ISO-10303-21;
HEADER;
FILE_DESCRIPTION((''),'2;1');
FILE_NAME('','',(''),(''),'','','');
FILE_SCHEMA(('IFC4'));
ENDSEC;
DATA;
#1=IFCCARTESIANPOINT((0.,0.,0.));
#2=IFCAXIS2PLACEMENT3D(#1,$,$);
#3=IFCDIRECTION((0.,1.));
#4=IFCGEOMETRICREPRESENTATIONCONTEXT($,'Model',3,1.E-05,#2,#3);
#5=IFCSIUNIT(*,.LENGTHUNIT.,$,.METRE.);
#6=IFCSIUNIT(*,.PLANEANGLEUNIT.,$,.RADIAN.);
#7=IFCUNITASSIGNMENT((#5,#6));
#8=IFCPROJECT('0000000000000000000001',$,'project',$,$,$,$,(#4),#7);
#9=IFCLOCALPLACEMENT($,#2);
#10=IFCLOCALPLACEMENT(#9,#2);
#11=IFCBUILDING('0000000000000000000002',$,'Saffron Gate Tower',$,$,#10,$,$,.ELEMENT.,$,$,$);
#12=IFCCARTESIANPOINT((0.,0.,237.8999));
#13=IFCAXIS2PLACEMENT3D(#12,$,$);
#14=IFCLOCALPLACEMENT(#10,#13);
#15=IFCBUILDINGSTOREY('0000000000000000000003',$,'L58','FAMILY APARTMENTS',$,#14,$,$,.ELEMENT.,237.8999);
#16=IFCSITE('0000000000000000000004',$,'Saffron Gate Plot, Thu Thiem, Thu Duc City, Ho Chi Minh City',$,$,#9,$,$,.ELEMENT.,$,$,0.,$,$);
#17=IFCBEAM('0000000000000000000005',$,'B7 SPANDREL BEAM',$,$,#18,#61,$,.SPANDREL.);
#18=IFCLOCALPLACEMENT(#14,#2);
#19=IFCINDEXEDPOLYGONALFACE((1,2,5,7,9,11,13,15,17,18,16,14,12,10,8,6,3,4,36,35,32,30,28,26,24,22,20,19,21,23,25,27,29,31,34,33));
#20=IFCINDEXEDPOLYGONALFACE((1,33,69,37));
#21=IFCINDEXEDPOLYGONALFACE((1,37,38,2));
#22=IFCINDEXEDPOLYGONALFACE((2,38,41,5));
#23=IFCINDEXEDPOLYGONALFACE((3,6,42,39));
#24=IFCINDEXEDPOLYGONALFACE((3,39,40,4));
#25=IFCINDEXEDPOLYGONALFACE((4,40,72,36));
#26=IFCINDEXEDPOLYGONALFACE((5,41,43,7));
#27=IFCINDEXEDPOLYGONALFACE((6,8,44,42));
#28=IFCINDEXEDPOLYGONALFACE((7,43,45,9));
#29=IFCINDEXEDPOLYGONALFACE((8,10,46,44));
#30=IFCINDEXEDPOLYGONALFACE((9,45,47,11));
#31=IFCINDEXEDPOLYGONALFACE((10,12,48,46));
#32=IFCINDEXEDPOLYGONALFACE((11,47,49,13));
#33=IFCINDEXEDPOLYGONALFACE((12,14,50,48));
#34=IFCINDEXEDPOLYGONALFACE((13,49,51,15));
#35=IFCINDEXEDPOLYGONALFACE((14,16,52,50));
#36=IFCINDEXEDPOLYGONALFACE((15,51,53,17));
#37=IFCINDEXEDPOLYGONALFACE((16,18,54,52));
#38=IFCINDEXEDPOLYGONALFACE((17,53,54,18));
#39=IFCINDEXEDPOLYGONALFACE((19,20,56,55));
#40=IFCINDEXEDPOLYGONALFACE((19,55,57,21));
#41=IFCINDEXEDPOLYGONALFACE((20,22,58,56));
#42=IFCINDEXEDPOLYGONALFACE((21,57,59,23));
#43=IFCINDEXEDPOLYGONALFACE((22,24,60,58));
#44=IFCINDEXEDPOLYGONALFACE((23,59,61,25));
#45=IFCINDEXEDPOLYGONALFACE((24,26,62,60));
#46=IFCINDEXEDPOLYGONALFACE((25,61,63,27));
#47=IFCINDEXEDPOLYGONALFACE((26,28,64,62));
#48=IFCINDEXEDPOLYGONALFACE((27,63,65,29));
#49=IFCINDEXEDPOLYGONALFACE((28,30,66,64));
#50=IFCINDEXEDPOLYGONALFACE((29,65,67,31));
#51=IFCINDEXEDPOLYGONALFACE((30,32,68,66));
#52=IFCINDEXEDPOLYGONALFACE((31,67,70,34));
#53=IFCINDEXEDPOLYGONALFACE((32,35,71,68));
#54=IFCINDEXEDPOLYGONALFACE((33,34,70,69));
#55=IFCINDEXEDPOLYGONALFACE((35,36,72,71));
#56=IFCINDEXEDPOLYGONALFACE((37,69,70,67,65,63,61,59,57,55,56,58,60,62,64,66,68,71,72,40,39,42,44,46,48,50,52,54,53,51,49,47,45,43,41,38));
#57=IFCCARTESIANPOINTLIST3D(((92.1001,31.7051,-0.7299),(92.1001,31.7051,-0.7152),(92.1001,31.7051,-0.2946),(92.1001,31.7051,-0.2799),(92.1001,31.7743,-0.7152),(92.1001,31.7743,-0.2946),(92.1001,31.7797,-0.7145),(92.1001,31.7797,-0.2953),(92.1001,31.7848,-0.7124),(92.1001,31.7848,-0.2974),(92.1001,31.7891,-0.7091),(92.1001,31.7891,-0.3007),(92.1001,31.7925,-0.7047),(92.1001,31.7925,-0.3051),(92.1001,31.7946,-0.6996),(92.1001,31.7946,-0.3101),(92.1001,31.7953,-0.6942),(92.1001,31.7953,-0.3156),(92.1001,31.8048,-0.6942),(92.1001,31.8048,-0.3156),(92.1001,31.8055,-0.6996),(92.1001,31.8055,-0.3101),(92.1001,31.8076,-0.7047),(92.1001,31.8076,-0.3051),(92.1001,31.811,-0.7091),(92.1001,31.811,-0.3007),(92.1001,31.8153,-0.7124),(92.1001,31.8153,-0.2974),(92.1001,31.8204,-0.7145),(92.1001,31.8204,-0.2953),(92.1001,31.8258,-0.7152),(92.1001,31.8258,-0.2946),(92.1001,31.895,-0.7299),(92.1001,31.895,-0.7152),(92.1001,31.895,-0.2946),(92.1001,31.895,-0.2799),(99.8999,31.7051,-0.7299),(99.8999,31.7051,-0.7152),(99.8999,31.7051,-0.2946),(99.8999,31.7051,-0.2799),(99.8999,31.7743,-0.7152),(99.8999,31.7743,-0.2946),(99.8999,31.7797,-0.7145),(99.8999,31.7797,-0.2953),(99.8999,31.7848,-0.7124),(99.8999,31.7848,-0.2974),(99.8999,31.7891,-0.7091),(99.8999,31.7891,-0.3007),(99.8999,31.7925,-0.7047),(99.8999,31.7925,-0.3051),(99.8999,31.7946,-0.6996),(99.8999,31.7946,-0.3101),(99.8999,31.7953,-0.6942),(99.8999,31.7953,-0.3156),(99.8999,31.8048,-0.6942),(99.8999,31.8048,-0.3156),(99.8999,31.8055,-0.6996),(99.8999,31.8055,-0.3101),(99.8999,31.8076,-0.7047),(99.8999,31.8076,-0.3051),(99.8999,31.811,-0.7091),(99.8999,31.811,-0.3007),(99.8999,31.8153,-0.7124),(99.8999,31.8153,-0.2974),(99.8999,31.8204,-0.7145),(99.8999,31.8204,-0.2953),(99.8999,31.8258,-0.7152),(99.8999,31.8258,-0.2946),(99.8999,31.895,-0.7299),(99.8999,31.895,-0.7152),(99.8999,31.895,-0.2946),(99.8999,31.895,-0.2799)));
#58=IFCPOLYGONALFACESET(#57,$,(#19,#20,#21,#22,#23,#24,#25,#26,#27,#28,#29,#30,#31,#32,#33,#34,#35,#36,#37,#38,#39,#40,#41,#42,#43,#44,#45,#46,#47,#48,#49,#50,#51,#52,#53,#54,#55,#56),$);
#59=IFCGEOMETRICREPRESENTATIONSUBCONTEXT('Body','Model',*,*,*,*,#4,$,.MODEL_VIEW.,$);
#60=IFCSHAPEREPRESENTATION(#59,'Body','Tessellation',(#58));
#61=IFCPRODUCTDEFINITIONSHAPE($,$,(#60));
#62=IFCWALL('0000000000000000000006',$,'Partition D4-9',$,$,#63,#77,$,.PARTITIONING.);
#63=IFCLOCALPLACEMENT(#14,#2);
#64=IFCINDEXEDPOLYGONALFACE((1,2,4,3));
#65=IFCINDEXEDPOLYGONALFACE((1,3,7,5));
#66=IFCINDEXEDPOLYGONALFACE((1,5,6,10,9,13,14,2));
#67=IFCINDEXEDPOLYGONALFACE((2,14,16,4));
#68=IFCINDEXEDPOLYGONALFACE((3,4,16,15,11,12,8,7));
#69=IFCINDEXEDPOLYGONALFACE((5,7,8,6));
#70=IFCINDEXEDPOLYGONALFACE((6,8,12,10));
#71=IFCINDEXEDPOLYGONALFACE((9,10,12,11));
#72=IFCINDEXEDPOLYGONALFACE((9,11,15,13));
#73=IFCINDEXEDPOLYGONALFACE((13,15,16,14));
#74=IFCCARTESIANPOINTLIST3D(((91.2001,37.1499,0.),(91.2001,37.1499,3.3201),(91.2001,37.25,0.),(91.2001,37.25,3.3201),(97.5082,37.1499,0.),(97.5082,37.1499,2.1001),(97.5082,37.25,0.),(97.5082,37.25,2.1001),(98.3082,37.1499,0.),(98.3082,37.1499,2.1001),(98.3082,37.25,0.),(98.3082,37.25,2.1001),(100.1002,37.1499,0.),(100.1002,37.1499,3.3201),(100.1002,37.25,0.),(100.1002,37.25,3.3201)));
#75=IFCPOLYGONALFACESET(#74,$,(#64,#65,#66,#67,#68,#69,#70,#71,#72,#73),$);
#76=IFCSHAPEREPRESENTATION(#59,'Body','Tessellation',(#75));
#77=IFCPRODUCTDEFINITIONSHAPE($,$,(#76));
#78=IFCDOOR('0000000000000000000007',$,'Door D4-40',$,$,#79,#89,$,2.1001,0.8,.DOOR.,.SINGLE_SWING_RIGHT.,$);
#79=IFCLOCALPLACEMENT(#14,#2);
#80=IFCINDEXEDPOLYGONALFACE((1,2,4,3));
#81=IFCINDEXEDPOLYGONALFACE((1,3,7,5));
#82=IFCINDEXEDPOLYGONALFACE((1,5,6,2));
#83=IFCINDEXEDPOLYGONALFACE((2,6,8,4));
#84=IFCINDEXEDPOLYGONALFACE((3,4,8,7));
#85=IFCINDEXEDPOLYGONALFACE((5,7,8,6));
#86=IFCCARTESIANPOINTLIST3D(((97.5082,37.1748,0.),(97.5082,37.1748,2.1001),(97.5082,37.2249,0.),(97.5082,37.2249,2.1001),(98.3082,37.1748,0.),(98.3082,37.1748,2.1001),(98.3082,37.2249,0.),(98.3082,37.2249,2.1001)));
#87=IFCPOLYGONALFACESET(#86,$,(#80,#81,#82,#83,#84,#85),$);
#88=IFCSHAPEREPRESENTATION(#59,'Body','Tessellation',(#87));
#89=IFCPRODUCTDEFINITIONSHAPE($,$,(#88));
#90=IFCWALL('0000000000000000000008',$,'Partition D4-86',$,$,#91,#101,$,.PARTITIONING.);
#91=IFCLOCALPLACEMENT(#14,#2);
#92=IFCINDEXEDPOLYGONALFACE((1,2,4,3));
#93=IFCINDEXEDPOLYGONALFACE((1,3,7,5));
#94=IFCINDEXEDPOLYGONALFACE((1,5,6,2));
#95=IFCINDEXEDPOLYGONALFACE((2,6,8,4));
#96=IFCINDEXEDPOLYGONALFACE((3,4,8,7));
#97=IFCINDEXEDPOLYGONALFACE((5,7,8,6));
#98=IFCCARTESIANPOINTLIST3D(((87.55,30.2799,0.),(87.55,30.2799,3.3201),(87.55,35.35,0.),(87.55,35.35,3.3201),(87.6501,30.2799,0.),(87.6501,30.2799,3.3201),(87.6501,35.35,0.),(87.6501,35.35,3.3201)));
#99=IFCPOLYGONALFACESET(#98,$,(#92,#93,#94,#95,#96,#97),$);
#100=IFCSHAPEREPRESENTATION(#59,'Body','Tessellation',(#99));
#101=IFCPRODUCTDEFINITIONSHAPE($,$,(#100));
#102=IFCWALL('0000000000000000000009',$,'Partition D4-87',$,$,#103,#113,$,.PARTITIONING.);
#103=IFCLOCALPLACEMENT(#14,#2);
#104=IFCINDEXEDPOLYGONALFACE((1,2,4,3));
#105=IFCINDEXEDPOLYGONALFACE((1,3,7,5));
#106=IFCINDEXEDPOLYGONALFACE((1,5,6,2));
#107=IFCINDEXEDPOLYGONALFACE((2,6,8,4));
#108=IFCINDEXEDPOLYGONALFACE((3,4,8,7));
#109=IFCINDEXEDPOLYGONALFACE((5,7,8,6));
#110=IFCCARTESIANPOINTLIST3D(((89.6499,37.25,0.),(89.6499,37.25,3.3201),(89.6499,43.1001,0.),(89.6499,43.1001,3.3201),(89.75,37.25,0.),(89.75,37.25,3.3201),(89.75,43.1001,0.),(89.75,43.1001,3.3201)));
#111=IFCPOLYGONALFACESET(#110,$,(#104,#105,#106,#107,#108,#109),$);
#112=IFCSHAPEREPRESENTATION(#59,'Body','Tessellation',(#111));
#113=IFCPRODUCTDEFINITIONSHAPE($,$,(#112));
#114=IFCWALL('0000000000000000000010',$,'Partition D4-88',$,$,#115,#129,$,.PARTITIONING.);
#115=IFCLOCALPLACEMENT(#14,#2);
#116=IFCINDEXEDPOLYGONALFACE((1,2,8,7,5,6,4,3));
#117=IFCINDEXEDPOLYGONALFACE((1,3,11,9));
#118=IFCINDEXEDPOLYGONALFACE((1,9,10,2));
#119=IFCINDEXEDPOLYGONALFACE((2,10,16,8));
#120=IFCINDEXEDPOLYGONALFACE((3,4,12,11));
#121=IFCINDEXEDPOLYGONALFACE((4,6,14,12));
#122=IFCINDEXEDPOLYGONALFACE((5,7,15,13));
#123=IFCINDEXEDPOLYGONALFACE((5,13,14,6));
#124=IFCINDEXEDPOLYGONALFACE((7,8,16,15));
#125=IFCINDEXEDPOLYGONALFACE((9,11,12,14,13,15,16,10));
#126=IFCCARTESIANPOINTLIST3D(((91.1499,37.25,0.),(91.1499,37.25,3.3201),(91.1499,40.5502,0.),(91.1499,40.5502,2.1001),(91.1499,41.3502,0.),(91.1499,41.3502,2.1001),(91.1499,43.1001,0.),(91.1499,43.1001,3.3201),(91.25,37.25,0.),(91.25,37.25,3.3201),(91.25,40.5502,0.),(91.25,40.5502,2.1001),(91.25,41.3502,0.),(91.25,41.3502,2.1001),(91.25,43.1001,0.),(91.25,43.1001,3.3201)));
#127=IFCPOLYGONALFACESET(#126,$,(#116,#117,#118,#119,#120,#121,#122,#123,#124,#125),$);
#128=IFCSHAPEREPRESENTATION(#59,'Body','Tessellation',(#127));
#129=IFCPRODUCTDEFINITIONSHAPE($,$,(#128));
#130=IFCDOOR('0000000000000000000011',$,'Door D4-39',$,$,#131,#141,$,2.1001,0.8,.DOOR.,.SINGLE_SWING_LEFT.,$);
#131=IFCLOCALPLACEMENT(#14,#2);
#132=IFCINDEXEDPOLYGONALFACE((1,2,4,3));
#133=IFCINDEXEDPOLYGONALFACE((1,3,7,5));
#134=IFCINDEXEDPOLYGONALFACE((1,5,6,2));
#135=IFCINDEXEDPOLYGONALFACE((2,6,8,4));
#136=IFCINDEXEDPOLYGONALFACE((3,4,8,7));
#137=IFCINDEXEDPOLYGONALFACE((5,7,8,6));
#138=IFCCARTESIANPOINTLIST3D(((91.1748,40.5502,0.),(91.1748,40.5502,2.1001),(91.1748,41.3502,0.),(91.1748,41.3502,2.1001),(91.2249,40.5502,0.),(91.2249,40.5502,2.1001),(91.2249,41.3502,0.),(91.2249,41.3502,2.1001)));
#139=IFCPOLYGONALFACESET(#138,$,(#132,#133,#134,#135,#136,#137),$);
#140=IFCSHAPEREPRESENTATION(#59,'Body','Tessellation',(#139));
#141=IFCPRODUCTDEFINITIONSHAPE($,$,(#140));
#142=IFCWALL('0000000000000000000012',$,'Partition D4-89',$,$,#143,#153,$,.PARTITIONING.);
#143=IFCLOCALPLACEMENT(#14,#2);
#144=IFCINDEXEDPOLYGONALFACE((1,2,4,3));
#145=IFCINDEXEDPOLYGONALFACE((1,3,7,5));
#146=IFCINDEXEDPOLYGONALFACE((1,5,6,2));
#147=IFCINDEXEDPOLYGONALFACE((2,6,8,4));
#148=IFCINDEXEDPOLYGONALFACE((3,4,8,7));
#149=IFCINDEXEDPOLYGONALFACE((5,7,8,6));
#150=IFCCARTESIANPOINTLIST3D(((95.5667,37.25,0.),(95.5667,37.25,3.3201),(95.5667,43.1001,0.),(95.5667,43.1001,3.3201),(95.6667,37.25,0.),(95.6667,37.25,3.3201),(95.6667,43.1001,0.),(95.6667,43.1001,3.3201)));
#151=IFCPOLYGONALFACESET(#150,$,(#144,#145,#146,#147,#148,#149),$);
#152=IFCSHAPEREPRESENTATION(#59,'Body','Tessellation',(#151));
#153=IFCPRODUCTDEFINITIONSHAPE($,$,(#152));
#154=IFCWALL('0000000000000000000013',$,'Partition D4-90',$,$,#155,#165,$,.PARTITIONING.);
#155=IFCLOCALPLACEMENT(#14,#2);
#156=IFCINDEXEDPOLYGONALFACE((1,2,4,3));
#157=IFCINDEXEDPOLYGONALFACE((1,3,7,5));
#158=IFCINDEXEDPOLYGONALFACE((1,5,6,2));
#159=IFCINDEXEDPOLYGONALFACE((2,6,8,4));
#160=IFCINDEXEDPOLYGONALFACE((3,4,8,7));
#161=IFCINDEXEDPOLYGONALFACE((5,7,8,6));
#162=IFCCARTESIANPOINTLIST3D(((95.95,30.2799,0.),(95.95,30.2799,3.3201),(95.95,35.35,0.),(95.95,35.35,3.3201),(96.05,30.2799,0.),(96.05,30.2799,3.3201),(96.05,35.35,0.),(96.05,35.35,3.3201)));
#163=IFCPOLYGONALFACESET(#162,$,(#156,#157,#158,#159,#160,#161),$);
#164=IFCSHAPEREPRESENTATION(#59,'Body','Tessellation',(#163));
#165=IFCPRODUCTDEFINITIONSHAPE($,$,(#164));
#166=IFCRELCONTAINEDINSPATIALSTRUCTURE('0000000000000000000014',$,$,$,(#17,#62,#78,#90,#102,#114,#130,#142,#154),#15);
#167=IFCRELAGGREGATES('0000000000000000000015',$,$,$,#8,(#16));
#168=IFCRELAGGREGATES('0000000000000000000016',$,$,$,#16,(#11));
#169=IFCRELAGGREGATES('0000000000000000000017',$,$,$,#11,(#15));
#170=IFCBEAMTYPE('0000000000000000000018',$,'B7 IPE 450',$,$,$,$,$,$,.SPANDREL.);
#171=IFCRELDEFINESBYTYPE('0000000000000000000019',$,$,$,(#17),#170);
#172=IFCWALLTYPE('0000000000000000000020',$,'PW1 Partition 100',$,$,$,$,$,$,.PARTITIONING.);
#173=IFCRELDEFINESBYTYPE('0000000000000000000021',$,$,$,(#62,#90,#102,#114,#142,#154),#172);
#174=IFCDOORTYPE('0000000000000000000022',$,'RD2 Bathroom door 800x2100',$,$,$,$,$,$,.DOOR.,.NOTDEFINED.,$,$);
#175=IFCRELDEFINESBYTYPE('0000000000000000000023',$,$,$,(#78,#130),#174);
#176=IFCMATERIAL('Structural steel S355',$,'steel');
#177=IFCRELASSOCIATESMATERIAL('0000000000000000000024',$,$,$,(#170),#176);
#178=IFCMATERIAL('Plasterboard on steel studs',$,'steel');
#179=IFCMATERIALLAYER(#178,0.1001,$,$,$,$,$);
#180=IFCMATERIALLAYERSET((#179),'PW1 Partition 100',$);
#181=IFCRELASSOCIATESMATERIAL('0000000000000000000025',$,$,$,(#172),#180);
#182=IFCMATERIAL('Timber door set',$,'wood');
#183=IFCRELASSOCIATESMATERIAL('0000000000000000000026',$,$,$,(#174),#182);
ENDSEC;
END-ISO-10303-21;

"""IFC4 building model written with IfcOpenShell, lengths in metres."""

from ifc_helpers import new_model, si_unit, direction, frame, frame_2d, origin, origin_2d, place, context, subcontext, project, spatial, rectangle, i_section, extrude, material, layer, layer_set, material_profile, profile_set, type_object, element, fill, save


model = new_model("IFC4")

# Units and contexts
model_context = context("Model", 3, precision=1e-05, world=origin(), true_north=direction((0.0, 1.0)))
body_context = subcontext(model_context, "Body", "Model", "MODEL_VIEW")
ifc_project = project(units=[si_unit("LENGTHUNIT", "METRE"), si_unit("PLANEANGLEUNIT", "RADIAN")], contexts=[model_context])

# Site, building, storey
site_placement = place(None, origin())
site = spatial("IfcSite", under=ifc_project, at=site_placement, Name="Saffron Gate Plot, Thu Thiem, Thu Duc City, Ho Chi Minh City", CompositionType="ELEMENT", RefElevation=0.0)
building_placement = place(site_placement, origin())
building = spatial("IfcBuilding", under=site, at=building_placement, Name="Saffron Gate Tower", CompositionType="ELEMENT")
storey_placement = place(building_placement, frame((0.0, 0.0, 237.8999)))
storey = spatial("IfcBuildingStorey", under=building, at=storey_placement, Name="L58", Description="FAMILY APARTMENTS", CompositionType="ELEMENT", Elevation=237.8999)

# Beam
ifc_material_1 = material(Name="Structural steel S355", Category="steel")
ifc_material_profile_1 = material_profile(ifc_material_1, i_section(OverallWidth=0.1899, OverallDepth=0.45, WebThickness=0.0095, FlangeThickness=0.0146, FilletRadius=0.021, at=origin_2d()))
ifc_profile_set_1 = profile_set([ifc_material_profile_1], Name="Structural steel S355")
beam_type_1 = type_object("IfcBeamType", Name="B7 IPE 450", PredefinedType="SPANDREL", material=ifc_profile_set_1)
beam_1_placement = place(storey_placement, frame((92.1001, 31.8, -0.5049), z_axis=(1.0, 0.0, 0.0), x_axis=(0.0, 1.0, 0.0)))
element("IfcBeam", 1, at=beam_1_placement, inside=storey, type_object=beam_type_1, Name="B7 SPANDREL BEAM", PredefinedType="SPANDREL", context=body_context, shape_type="SweptSolid", body=[
    extrude(i_section(OverallWidth=0.1899, OverallDepth=0.45, WebThickness=0.0095, FlangeThickness=0.0146, FilletRadius=0.021, at=origin_2d()), origin(), (0.0, 0.0, 1.0), 7.7998),
])

# Wall, opening, door
ifc_material_2 = material(Name="Plasterboard on steel studs", Category="steel")
ifc_layer = layer(ifc_material_2, 0.1001)
ifc_layer_set = layer_set([ifc_layer], Name="PW1 Partition 100")
wall_type = type_object("IfcWallType", Name="PW1 Partition 100", PredefinedType="PARTITIONING", material=ifc_layer_set)
wall_1_placement = place(storey_placement, frame((91.2, 37.2, 0.0), z_axis=(0.0, 0.0, 1.0), x_axis=(1.0, 0.0, 0.0)))
wall_1 = element("IfcWall", 2, at=wall_1_placement, inside=storey, type_object=wall_type, Name="Partition D4-9", PredefinedType="PARTITIONING", context=body_context, shape_type="SweptSolid", body=[
    extrude(rectangle(XDim=8.9001, YDim=0.1001, at=frame_2d((4.4502, 0.0))), origin(), (0.0, 0.0, 1.0), 3.3201),
])
opening_1_placement = place(wall_1_placement, frame((6.3083, 0.0, 0.0)))
opening_1 = element("IfcOpeningElement", 3, at=opening_1_placement, cuts=wall_1, PredefinedType="OPENING", context=body_context, shape_type="SweptSolid", body=[
    extrude(rectangle(XDim=0.8, YDim=2.1001, at=frame_2d((0.3999, 1.05))), frame((0.0, 0.0601, 0.0), z_axis=(0.0, -1.0, 0.0), x_axis=(1.0, 0.0, 0.0)), (0.0, 0.0, 1.0), 0.1201),
])
ifc_material_3 = material(Name="Timber door set", Category="wood")
door_type = type_object("IfcDoorType", Name="RD2 Bathroom door 800x2100", OperationType="NOTDEFINED", PredefinedType="DOOR", material=ifc_material_3)
door_1_placement = place(opening_1_placement, origin())
door_1 = element("IfcDoor", 4, at=door_1_placement, inside=storey, type_object=door_type, Name="Door D4-40", OperationType="SINGLE_SWING_RIGHT", OverallHeight=2.1001, OverallWidth=0.8, PredefinedType="DOOR", context=body_context, shape_type="SweptSolid", body=[
    extrude(rectangle(XDim=0.8, YDim=2.1001, at=frame_2d((0.3999, 1.05))), frame((0.0, 0.0249, 0.0), z_axis=(0.0, -1.0, 0.0), x_axis=(1.0, 0.0, 0.0)), (0.0, 0.0, 1.0), 0.05),
])
fill(opening_1, door_1)

# Walls
wall_2_placement = place(storey_placement, frame((87.6001, 35.3501, 0.0), z_axis=(0.0, 0.0, 1.0), x_axis=(0.0, -1.0, 0.0)))
element("IfcWall", 5, at=wall_2_placement, inside=storey, type_object=wall_type, Name="Partition D4-86", PredefinedType="PARTITIONING", context=body_context, shape_type="SweptSolid", body=[
    extrude(rectangle(XDim=5.0701, YDim=0.1001, at=frame_2d((2.5352, 0.0))), origin(), (0.0, 0.0, 1.0), 3.3201),
])
wall_3_placement = place(storey_placement, frame((89.7, 43.1001, 0.0), z_axis=(0.0, 0.0, 1.0), x_axis=(0.0, -1.0, 0.0)))
element("IfcWall", 6, at=wall_3_placement, inside=storey, type_object=wall_type, Name="Partition D4-87", PredefinedType="PARTITIONING", context=body_context, shape_type="SweptSolid", body=[
    extrude(rectangle(XDim=5.8501, YDim=0.1001, at=frame_2d((2.925, 0.0))), origin(), (0.0, 0.0, 1.0), 3.3201),
])

# Wall, opening, door
wall_4_placement = place(storey_placement, frame((91.2, 43.1001, 0.0), z_axis=(0.0, 0.0, 1.0), x_axis=(0.0, -1.0, 0.0)))
wall_4 = element("IfcWall", 7, at=wall_4_placement, inside=storey, type_object=wall_type, Name="Partition D4-88", PredefinedType="PARTITIONING", context=body_context, shape_type="SweptSolid", body=[
    extrude(rectangle(XDim=5.8501, YDim=0.1001, at=frame_2d((2.925, 0.0))), origin(), (0.0, 0.0, 1.0), 3.3201),
])
opening_2_placement = place(wall_4_placement, frame((1.75, 0.0, 0.0)))
opening_2 = element("IfcOpeningElement", 8, at=opening_2_placement, cuts=wall_4, PredefinedType="OPENING", context=body_context, shape_type="SweptSolid", body=[
    extrude(rectangle(XDim=0.8, YDim=2.1001, at=frame_2d((0.3999, 1.05))), frame((0.0, 0.0601, 0.0), z_axis=(0.0, -1.0, 0.0), x_axis=(1.0, 0.0, 0.0)), (0.0, 0.0, 1.0), 0.1201),
])
door_2_placement = place(opening_2_placement, origin())
door_2 = element("IfcDoor", 9, at=door_2_placement, inside=storey, type_object=door_type, Name="Door D4-39", OperationType="SINGLE_SWING_LEFT", OverallHeight=2.1001, OverallWidth=0.8, PredefinedType="DOOR", context=body_context, shape_type="SweptSolid", body=[
    extrude(rectangle(XDim=0.8, YDim=2.1001, at=frame_2d((0.3999, 1.05))), frame((0.0, 0.0249, 0.0), z_axis=(0.0, -1.0, 0.0), x_axis=(1.0, 0.0, 0.0)), (0.0, 0.0, 1.0), 0.05),
])
fill(opening_2, door_2)

# Walls
wall_5_placement = place(storey_placement, frame((95.6167, 43.1001, 0.0), z_axis=(0.0, 0.0, 1.0), x_axis=(0.0, -1.0, 0.0)))
element("IfcWall", 10, at=wall_5_placement, inside=storey, type_object=wall_type, Name="Partition D4-89", PredefinedType="PARTITIONING", context=body_context, shape_type="SweptSolid", body=[
    extrude(rectangle(XDim=5.8501, YDim=0.1001, at=frame_2d((2.925, 0.0))), origin(), (0.0, 0.0, 1.0), 3.3201),
])
wall_6_placement = place(storey_placement, frame((96.0, 35.3501, 0.0), z_axis=(0.0, 0.0, 1.0), x_axis=(0.0, -1.0, 0.0)))
element("IfcWall", 11, at=wall_6_placement, inside=storey, type_object=wall_type, Name="Partition D4-90", PredefinedType="PARTITIONING", context=body_context, shape_type="SweptSolid", body=[
    extrude(rectangle(XDim=5.0701, YDim=0.1001, at=frame_2d((2.5352, 0.0))), origin(), (0.0, 0.0, 1.0), 3.3201),
])

save(model, "model.ifc")
